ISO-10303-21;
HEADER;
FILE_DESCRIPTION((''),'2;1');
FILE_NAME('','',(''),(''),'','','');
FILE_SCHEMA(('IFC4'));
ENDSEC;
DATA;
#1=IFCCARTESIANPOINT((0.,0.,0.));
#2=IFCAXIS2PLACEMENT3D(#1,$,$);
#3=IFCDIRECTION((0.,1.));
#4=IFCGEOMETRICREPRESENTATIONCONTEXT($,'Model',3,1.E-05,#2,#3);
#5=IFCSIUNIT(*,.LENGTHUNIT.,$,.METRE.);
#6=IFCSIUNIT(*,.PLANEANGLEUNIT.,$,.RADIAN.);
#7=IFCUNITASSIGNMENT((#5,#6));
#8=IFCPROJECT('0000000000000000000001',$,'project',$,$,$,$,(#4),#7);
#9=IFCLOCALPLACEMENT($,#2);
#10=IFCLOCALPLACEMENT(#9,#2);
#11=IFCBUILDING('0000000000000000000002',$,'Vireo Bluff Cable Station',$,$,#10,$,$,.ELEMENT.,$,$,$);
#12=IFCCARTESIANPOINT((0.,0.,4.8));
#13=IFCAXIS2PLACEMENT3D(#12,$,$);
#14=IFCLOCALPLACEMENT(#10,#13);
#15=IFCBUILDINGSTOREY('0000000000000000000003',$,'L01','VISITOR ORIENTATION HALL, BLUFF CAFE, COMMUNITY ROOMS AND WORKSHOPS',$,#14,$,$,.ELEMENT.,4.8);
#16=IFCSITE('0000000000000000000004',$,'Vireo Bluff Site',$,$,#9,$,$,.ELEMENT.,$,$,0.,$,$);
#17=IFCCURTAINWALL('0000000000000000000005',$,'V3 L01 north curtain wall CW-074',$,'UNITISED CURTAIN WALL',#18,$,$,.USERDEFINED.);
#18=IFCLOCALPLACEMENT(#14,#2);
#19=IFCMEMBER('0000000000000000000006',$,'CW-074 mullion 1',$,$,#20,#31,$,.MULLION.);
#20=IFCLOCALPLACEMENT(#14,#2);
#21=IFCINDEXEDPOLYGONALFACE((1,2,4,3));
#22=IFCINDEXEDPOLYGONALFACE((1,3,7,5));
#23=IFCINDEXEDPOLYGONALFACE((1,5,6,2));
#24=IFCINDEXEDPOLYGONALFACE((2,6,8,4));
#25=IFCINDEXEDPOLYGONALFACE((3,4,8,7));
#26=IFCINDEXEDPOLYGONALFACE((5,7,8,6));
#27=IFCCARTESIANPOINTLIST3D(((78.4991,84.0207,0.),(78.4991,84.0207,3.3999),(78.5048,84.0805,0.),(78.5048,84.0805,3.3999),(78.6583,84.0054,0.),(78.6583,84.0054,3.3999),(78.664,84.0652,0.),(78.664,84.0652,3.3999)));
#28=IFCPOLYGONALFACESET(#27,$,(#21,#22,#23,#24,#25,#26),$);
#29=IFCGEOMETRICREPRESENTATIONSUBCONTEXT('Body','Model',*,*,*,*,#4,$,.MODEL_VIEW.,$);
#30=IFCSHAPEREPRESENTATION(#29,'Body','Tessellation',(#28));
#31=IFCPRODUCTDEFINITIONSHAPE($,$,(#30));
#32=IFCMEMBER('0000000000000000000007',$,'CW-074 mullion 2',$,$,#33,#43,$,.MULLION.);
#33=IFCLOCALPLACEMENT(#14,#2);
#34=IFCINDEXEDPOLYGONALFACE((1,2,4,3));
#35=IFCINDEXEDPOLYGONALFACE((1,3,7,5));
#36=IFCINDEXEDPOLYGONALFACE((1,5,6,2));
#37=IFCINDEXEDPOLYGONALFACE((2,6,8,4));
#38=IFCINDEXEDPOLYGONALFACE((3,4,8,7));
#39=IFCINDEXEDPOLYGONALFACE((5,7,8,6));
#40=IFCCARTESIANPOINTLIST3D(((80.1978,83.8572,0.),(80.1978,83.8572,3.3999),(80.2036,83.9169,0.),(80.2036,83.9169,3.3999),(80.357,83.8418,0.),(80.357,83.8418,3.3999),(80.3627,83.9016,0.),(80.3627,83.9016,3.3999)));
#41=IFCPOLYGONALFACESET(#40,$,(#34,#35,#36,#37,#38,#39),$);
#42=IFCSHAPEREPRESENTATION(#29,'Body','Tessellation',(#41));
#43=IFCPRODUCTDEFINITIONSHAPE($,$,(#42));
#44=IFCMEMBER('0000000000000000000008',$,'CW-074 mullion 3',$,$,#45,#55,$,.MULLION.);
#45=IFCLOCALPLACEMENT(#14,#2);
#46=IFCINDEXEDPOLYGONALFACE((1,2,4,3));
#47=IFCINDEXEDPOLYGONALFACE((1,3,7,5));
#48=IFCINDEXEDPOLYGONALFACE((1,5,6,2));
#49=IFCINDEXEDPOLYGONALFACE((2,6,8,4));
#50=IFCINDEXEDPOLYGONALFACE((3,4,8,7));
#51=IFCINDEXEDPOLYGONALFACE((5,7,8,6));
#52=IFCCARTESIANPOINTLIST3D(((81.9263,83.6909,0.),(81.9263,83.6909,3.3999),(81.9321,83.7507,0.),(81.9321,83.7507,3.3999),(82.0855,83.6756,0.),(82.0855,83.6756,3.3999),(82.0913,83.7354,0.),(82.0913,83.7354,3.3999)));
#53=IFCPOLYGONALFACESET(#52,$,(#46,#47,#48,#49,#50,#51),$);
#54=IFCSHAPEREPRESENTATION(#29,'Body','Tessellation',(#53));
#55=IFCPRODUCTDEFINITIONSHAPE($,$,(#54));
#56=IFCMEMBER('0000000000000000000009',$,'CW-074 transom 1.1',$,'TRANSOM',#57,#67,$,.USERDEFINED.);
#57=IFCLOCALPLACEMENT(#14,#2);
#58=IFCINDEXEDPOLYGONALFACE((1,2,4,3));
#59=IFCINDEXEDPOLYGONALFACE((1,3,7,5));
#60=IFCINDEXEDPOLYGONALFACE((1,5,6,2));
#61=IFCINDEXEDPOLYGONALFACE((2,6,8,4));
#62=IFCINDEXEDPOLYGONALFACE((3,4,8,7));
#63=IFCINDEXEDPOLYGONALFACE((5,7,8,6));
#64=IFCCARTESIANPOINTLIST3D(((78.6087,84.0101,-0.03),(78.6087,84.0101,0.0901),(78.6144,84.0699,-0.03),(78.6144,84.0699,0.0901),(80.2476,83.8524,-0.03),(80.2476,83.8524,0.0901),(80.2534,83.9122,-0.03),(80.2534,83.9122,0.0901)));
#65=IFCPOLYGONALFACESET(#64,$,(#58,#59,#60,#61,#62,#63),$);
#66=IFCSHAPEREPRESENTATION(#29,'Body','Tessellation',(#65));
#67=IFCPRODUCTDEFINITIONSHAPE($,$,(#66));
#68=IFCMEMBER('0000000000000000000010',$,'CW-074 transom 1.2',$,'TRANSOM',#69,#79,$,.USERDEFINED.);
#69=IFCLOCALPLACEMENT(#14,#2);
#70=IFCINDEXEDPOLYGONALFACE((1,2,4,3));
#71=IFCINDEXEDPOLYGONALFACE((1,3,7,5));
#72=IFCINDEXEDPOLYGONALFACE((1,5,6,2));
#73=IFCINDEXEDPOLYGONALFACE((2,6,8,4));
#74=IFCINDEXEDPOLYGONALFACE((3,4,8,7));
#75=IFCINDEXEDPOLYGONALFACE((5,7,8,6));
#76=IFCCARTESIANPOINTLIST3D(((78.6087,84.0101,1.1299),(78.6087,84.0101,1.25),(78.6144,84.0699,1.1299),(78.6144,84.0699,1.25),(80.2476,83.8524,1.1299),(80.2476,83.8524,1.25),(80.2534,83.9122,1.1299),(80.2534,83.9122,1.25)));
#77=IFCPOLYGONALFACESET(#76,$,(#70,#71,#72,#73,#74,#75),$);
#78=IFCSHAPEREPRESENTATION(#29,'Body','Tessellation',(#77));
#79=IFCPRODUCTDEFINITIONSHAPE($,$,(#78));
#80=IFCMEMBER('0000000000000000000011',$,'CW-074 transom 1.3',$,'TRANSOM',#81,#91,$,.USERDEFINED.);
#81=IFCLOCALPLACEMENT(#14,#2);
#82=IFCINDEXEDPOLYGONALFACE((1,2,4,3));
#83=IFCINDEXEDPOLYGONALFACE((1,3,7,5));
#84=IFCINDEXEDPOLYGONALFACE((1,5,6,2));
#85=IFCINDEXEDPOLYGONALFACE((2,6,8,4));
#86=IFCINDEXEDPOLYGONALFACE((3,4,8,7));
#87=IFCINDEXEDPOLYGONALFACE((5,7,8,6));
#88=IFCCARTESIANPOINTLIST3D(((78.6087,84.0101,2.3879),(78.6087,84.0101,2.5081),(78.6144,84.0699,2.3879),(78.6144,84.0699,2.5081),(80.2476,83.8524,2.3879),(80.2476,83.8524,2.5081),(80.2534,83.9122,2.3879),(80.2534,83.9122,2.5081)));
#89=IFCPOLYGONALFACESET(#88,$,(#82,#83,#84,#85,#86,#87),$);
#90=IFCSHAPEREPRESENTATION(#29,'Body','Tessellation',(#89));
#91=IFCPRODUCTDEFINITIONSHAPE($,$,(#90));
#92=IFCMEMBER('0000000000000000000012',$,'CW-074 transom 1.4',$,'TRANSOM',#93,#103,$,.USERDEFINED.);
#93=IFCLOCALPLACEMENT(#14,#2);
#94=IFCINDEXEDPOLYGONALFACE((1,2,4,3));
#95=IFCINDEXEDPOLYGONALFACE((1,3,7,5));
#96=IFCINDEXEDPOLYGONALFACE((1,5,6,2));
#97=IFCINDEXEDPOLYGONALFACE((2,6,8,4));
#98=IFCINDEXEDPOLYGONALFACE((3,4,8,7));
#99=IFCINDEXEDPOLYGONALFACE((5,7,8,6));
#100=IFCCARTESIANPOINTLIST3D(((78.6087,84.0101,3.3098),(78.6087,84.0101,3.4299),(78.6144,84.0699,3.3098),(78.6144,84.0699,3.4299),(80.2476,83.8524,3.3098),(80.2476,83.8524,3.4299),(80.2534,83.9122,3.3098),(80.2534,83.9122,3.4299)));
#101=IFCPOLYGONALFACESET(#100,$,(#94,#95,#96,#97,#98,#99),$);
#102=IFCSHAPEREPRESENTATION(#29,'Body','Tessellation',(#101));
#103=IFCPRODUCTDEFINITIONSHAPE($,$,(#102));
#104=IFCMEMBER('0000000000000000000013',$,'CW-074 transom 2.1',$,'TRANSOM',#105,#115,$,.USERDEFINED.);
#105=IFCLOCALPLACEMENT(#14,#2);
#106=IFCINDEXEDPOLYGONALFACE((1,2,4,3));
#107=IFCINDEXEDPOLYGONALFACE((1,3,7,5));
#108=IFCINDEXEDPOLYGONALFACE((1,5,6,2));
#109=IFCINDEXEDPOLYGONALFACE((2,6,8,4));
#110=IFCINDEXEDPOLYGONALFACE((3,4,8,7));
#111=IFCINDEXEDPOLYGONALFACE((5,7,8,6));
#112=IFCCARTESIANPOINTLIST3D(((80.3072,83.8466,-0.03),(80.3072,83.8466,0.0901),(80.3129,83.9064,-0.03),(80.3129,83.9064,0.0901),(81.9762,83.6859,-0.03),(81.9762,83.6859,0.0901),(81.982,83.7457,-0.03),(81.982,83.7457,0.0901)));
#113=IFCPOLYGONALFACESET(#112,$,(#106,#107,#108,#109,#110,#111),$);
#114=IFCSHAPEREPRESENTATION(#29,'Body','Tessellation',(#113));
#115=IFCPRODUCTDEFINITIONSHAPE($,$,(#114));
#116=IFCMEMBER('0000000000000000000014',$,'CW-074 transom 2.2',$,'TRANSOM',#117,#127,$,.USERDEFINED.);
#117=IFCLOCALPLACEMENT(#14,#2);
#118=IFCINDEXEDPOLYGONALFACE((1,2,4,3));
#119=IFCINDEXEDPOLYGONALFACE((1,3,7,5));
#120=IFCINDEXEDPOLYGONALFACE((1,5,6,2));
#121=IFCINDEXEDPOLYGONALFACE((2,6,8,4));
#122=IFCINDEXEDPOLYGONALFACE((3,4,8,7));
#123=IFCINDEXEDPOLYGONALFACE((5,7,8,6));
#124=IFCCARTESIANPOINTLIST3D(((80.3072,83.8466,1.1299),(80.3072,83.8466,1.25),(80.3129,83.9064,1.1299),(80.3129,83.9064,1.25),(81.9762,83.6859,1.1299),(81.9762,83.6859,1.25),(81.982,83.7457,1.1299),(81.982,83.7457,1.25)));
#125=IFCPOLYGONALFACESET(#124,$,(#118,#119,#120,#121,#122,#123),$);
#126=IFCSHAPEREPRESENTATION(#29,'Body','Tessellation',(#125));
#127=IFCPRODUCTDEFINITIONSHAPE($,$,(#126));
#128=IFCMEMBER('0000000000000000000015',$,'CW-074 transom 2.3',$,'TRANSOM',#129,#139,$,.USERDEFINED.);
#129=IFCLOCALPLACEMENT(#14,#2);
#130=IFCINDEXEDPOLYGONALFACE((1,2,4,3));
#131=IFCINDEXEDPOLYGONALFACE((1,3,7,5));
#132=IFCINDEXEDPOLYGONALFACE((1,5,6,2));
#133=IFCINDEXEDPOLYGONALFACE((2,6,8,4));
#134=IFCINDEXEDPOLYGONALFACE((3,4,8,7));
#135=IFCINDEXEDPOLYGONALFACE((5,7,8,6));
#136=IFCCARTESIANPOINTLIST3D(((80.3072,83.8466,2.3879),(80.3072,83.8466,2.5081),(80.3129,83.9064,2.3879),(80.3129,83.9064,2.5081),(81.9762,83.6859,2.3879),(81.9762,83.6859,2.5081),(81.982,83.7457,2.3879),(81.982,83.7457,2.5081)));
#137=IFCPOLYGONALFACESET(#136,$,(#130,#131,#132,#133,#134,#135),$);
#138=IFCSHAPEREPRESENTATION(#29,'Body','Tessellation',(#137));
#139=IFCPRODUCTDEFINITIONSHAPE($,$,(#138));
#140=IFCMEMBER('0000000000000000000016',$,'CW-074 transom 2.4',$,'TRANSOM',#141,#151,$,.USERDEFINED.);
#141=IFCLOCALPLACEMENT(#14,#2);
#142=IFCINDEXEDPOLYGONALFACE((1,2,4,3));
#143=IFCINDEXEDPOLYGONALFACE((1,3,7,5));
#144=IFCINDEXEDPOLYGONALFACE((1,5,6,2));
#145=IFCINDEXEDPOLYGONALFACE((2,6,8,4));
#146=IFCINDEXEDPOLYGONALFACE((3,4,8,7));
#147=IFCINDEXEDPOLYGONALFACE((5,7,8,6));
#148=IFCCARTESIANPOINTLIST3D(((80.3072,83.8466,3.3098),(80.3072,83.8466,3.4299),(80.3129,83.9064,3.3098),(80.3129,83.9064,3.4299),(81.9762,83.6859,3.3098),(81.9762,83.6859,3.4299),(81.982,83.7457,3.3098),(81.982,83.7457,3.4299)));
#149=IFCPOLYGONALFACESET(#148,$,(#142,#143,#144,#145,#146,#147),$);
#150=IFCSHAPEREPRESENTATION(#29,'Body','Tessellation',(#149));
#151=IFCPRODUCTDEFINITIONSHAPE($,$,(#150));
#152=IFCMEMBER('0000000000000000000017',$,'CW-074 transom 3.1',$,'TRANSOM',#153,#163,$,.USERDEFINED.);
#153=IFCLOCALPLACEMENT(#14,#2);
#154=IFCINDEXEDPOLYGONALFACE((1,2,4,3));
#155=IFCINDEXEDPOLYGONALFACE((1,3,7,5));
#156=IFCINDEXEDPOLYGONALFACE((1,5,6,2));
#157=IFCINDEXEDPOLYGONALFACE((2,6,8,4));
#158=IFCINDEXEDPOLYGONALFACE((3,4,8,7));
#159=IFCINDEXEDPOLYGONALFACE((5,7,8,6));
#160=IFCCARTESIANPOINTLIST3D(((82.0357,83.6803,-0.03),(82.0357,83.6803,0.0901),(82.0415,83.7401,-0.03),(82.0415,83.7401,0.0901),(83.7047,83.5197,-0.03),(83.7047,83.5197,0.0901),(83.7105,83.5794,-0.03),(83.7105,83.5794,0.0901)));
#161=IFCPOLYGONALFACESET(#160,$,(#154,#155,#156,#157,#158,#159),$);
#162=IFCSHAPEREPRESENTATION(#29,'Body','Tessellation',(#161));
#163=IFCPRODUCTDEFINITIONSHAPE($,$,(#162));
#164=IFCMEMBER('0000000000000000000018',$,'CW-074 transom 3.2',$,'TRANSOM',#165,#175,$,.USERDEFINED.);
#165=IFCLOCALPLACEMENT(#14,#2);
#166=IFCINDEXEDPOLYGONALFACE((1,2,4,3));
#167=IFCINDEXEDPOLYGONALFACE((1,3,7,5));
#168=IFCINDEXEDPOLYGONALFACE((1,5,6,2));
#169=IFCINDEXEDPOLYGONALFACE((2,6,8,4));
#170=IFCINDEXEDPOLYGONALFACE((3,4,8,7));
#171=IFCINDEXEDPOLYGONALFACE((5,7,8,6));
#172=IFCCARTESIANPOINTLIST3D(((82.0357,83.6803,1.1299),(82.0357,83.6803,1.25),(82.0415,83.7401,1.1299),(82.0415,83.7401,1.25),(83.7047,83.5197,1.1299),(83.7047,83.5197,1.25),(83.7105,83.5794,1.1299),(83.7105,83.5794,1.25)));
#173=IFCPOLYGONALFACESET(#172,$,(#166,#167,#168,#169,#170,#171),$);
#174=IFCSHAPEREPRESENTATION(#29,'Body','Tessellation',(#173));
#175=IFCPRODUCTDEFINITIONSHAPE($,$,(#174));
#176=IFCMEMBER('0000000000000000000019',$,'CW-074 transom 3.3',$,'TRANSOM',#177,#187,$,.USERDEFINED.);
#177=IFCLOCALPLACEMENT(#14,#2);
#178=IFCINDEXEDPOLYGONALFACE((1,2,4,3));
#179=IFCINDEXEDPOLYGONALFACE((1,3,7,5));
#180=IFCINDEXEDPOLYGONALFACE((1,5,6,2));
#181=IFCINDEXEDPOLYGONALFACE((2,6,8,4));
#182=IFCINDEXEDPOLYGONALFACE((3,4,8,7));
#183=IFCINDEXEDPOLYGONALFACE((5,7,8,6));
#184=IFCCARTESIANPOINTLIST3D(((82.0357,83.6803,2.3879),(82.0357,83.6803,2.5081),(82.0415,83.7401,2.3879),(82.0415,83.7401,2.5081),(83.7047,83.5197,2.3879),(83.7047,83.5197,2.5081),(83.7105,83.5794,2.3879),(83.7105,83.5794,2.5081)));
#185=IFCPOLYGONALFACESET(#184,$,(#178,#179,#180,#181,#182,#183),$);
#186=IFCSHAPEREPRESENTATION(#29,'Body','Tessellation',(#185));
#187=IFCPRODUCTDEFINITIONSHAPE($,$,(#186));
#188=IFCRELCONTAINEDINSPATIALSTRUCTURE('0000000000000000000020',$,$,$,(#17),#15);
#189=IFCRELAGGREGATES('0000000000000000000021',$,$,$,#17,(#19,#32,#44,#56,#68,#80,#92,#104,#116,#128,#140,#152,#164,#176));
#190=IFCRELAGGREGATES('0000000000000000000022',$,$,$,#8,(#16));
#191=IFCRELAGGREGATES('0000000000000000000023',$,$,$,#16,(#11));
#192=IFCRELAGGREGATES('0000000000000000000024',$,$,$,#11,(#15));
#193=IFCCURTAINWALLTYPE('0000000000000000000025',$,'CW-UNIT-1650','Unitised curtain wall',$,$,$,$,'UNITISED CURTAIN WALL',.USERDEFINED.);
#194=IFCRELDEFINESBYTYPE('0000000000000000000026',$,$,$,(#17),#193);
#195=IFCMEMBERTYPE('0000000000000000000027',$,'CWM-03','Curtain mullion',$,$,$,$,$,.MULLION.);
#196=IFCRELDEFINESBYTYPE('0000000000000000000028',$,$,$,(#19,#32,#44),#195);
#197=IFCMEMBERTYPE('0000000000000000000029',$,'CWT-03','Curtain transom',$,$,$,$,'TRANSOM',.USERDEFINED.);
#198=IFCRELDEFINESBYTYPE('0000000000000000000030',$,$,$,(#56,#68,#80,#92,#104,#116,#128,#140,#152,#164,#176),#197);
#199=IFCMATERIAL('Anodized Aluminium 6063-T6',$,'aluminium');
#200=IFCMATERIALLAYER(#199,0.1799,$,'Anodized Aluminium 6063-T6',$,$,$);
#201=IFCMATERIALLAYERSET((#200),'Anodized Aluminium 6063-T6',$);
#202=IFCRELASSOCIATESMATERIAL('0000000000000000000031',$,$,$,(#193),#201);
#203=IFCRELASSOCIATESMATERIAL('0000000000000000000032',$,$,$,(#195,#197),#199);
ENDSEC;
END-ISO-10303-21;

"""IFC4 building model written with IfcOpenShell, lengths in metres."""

from ifc_helpers import new_model, si_unit, direction, frame, origin, origin_2d, place, context, subcontext, project, spatial, rectangle, extrude, material, layer, layer_set, material_profile, profile_set, type_object, element, aggregate, save


model = new_model("IFC4")

# Units and contexts
model_context = context("Model", 3, precision=1e-05, world=origin(), true_north=direction((0.0, 1.0)))
body_context = subcontext(model_context, "Body", "Model", "MODEL_VIEW")
ifc_project = project(units=[si_unit("LENGTHUNIT", "METRE"), si_unit("PLANEANGLEUNIT", "RADIAN")], contexts=[model_context])

# Site, building, storey
site_placement = place(None, origin())
site = spatial("IfcSite", under=ifc_project, at=site_placement, Name="Vireo Bluff Site", CompositionType="ELEMENT", RefElevation=0.0)
building_placement = place(site_placement, origin())
building = spatial("IfcBuilding", under=site, at=building_placement, Name="Vireo Bluff Cable Station", CompositionType="ELEMENT")
storey_placement = place(building_placement, frame((0.0, 0.0, 4.8)))
storey = spatial("IfcBuildingStorey", under=building, at=storey_placement, Name="L01", Description="VISITOR ORIENTATION HALL, BLUFF CAFE, COMMUNITY ROOMS AND WORKSHOPS", CompositionType="ELEMENT", Elevation=4.8)

# Curtain wall, members
ifc_material_1 = material(Name="Anodized Aluminium 6063-T6", Category="aluminium")
ifc_layer_1 = layer(ifc_material_1, 0.1799, Name="Anodized Aluminium 6063-T6")
ifc_layer_set_1 = layer_set([ifc_layer_1], Name="Anodized Aluminium 6063-T6")
curtain_wall_type = type_object("IfcCurtainWallType", Name="CW-UNIT-1650", Description="Unitised curtain wall", ElementType="UNITISED CURTAIN WALL", PredefinedType="USERDEFINED", material=ifc_layer_set_1)
curtain_wall_placement = place(storey_placement, origin())
curtain_wall = element("IfcCurtainWall", 1, at=curtain_wall_placement, inside=storey, type_object=curtain_wall_type, Name="V3 L01 north curtain wall CW-074", ObjectType="UNITISED CURTAIN WALL", PredefinedType="USERDEFINED")
ifc_material_profile_1 = material_profile(ifc_material_1, rectangle(XDim=0.0601, YDim=0.1599, at=origin_2d()), Name="ALU-M-60X160")
ifc_profile_set_1 = profile_set([ifc_material_profile_1], Name="Anodized Aluminium 6063-T6")
member_type_1 = type_object("IfcMemberType", Name="CWM-03", Description="Curtain mullion", PredefinedType="MULLION", material=ifc_profile_set_1)
member_1_placement = place(storey_placement, frame((78.5815, 84.043, 0.0), z_axis=(0.0, 0.0, 1.0), x_axis=(0.095846, 0.995396, 0.0)))
member_1 = element("IfcMember", 2, at=member_1_placement, type_object=member_type_1, Name="CW-074 mullion 1", PredefinedType="MULLION", context=body_context, shape_type="SweptSolid", body=[
    extrude(rectangle(XDim=0.0601, YDim=0.1599, at=origin_2d()), origin(), (0.0, 0.0, 1.0), 3.3999),
])
member_2_placement = place(storey_placement, frame((80.2803, 83.8794, 0.0), z_axis=(0.0, 0.0, 1.0), x_axis=(0.095846, 0.995396, 0.0)))
member_2 = element("IfcMember", 3, at=member_2_placement, type_object=member_type_1, Name="CW-074 mullion 2", PredefinedType="MULLION", context=body_context, shape_type="SweptSolid", body=[
    extrude(rectangle(XDim=0.0601, YDim=0.1599, at=origin_2d()), origin(), (0.0, 0.0, 1.0), 3.3999),
])
member_3_placement = place(storey_placement, frame((82.0088, 83.7131, 0.0), z_axis=(0.0, 0.0, 1.0), x_axis=(0.095846, 0.995396, 0.0)))
member_3 = element("IfcMember", 4, at=member_3_placement, type_object=member_type_1, Name="CW-074 mullion 3", PredefinedType="MULLION", context=body_context, shape_type="SweptSolid", body=[
    extrude(rectangle(XDim=0.0601, YDim=0.1599, at=origin_2d()), origin(), (0.0, 0.0, 1.0), 3.3999),
])
ifc_material_profile_2 = material_profile(ifc_material_1, rectangle(XDim=0.0601, YDim=0.1201, at=origin_2d()), Name="ALU-T-60X120")
ifc_profile_set_2 = profile_set([ifc_material_profile_2], Name="Anodized Aluminium 6063-T6")
member_type_2 = type_object("IfcMemberType", Name="CWT-03", Description="Curtain transom", ElementType="TRANSOM", PredefinedType="USERDEFINED", material=ifc_profile_set_2)
member_4_placement = place(storey_placement, frame((78.6116, 84.04, 0.03), z_axis=(0.995402, -0.095789, 0.0), x_axis=(0.095789, 0.995402, 0.0)))
member_4 = element("IfcMember", 5, at=member_4_placement, type_object=member_type_2, Name="CW-074 transom 1.1", ObjectType="TRANSOM", PredefinedType="USERDEFINED", context=body_context, shape_type="SweptSolid", body=[
    extrude(rectangle(XDim=0.0601, YDim=0.1201, at=origin_2d()), origin(), (0.0, 0.0, 1.0), 1.6465),
])
member_5_placement = place(storey_placement, frame((78.6116, 84.04, 1.1899), z_axis=(0.995402, -0.095789, 0.0), x_axis=(0.095789, 0.995402, 0.0)))
member_5 = element("IfcMember", 6, at=member_5_placement, type_object=member_type_2, Name="CW-074 transom 1.2", ObjectType="TRANSOM", PredefinedType="USERDEFINED", context=body_context, shape_type="SweptSolid", body=[
    extrude(rectangle(XDim=0.0601, YDim=0.1201, at=origin_2d()), origin(), (0.0, 0.0, 1.0), 1.6465),
])
member_6_placement = place(storey_placement, frame((78.6116, 84.04, 2.448), z_axis=(0.995402, -0.095789, 0.0), x_axis=(0.095789, 0.995402, 0.0)))
member_6 = element("IfcMember", 7, at=member_6_placement, type_object=member_type_2, Name="CW-074 transom 1.3", ObjectType="TRANSOM", PredefinedType="USERDEFINED", context=body_context, shape_type="SweptSolid", body=[
    extrude(rectangle(XDim=0.0601, YDim=0.1201, at=origin_2d()), origin(), (0.0, 0.0, 1.0), 1.6465),
])
member_7_placement = place(storey_placement, frame((78.6116, 84.04, 3.3699), z_axis=(0.995402, -0.095789, 0.0), x_axis=(0.095789, 0.995402, 0.0)))
member_7 = element("IfcMember", 8, at=member_7_placement, type_object=member_type_2, Name="CW-074 transom 1.4", ObjectType="TRANSOM", PredefinedType="USERDEFINED", context=body_context, shape_type="SweptSolid", body=[
    extrude(rectangle(XDim=0.0601, YDim=0.1201, at=origin_2d()), origin(), (0.0, 0.0, 1.0), 1.6465),
])
member_8_placement = place(storey_placement, frame((80.3101, 83.8765, 0.03), z_axis=(0.995399, -0.095812, 0.0), x_axis=(0.095812, 0.995399, 0.0)))
member_8 = element("IfcMember", 9, at=member_8_placement, type_object=member_type_2, Name="CW-074 transom 2.1", ObjectType="TRANSOM", PredefinedType="USERDEFINED", context=body_context, shape_type="SweptSolid", body=[
    extrude(rectangle(XDim=0.0601, YDim=0.1201, at=origin_2d()), origin(), (0.0, 0.0, 1.0), 1.6768),
])
member_9_placement = place(storey_placement, frame((80.3101, 83.8765, 1.1899), z_axis=(0.995399, -0.095812, 0.0), x_axis=(0.095812, 0.995399, 0.0)))
member_9 = element("IfcMember", 10, at=member_9_placement, type_object=member_type_2, Name="CW-074 transom 2.2", ObjectType="TRANSOM", PredefinedType="USERDEFINED", context=body_context, shape_type="SweptSolid", body=[
    extrude(rectangle(XDim=0.0601, YDim=0.1201, at=origin_2d()), origin(), (0.0, 0.0, 1.0), 1.6768),
])
member_10_placement = place(storey_placement, frame((80.3101, 83.8765, 2.448), z_axis=(0.995399, -0.095812, 0.0), x_axis=(0.095812, 0.995399, 0.0)))
member_10 = element("IfcMember", 11, at=member_10_placement, type_object=member_type_2, Name="CW-074 transom 2.3", ObjectType="TRANSOM", PredefinedType="USERDEFINED", context=body_context, shape_type="SweptSolid", body=[
    extrude(rectangle(XDim=0.0601, YDim=0.1201, at=origin_2d()), origin(), (0.0, 0.0, 1.0), 1.6768),
])
member_11_placement = place(storey_placement, frame((80.3101, 83.8765, 3.3699), z_axis=(0.995399, -0.095812, 0.0), x_axis=(0.095812, 0.995399, 0.0)))
member_11 = element("IfcMember", 12, at=member_11_placement, type_object=member_type_2, Name="CW-074 transom 2.4", ObjectType="TRANSOM", PredefinedType="USERDEFINED", context=body_context, shape_type="SweptSolid", body=[
    extrude(rectangle(XDim=0.0601, YDim=0.1201, at=origin_2d()), origin(), (0.0, 0.0, 1.0), 1.6768),
])
member_12_placement = place(storey_placement, frame((82.0386, 83.7102, 0.03), z_axis=(0.995399, -0.095812, 0.0), x_axis=(0.095812, 0.995399, 0.0)))
member_12 = element("IfcMember", 13, at=member_12_placement, type_object=member_type_2, Name="CW-074 transom 3.1", ObjectType="TRANSOM", PredefinedType="USERDEFINED", context=body_context, shape_type="SweptSolid", body=[
    extrude(rectangle(XDim=0.0601, YDim=0.1201, at=origin_2d()), origin(), (0.0, 0.0, 1.0), 1.6768),
])
member_13_placement = place(storey_placement, frame((82.0386, 83.7102, 1.1899), z_axis=(0.995399, -0.095812, 0.0), x_axis=(0.095812, 0.995399, 0.0)))
member_13 = element("IfcMember", 14, at=member_13_placement, type_object=member_type_2, Name="CW-074 transom 3.2", ObjectType="TRANSOM", PredefinedType="USERDEFINED", context=body_context, shape_type="SweptSolid", body=[
    extrude(rectangle(XDim=0.0601, YDim=0.1201, at=origin_2d()), origin(), (0.0, 0.0, 1.0), 1.6768),
])
member_14_placement = place(storey_placement, frame((82.0386, 83.7102, 2.448), z_axis=(0.995399, -0.095812, 0.0), x_axis=(0.095812, 0.995399, 0.0)))
member_14 = element("IfcMember", 15, at=member_14_placement, type_object=member_type_2, Name="CW-074 transom 3.3", ObjectType="TRANSOM", PredefinedType="USERDEFINED", context=body_context, shape_type="SweptSolid", body=[
    extrude(rectangle(XDim=0.0601, YDim=0.1201, at=origin_2d()), origin(), (0.0, 0.0, 1.0), 1.6768),
])

aggregate(curtain_wall, [member_1, member_2, member_3, member_4, member_5, member_6, member_7, member_8, member_9, member_10, member_11, member_12, member_13, member_14])

save(model, "model.ifc")
